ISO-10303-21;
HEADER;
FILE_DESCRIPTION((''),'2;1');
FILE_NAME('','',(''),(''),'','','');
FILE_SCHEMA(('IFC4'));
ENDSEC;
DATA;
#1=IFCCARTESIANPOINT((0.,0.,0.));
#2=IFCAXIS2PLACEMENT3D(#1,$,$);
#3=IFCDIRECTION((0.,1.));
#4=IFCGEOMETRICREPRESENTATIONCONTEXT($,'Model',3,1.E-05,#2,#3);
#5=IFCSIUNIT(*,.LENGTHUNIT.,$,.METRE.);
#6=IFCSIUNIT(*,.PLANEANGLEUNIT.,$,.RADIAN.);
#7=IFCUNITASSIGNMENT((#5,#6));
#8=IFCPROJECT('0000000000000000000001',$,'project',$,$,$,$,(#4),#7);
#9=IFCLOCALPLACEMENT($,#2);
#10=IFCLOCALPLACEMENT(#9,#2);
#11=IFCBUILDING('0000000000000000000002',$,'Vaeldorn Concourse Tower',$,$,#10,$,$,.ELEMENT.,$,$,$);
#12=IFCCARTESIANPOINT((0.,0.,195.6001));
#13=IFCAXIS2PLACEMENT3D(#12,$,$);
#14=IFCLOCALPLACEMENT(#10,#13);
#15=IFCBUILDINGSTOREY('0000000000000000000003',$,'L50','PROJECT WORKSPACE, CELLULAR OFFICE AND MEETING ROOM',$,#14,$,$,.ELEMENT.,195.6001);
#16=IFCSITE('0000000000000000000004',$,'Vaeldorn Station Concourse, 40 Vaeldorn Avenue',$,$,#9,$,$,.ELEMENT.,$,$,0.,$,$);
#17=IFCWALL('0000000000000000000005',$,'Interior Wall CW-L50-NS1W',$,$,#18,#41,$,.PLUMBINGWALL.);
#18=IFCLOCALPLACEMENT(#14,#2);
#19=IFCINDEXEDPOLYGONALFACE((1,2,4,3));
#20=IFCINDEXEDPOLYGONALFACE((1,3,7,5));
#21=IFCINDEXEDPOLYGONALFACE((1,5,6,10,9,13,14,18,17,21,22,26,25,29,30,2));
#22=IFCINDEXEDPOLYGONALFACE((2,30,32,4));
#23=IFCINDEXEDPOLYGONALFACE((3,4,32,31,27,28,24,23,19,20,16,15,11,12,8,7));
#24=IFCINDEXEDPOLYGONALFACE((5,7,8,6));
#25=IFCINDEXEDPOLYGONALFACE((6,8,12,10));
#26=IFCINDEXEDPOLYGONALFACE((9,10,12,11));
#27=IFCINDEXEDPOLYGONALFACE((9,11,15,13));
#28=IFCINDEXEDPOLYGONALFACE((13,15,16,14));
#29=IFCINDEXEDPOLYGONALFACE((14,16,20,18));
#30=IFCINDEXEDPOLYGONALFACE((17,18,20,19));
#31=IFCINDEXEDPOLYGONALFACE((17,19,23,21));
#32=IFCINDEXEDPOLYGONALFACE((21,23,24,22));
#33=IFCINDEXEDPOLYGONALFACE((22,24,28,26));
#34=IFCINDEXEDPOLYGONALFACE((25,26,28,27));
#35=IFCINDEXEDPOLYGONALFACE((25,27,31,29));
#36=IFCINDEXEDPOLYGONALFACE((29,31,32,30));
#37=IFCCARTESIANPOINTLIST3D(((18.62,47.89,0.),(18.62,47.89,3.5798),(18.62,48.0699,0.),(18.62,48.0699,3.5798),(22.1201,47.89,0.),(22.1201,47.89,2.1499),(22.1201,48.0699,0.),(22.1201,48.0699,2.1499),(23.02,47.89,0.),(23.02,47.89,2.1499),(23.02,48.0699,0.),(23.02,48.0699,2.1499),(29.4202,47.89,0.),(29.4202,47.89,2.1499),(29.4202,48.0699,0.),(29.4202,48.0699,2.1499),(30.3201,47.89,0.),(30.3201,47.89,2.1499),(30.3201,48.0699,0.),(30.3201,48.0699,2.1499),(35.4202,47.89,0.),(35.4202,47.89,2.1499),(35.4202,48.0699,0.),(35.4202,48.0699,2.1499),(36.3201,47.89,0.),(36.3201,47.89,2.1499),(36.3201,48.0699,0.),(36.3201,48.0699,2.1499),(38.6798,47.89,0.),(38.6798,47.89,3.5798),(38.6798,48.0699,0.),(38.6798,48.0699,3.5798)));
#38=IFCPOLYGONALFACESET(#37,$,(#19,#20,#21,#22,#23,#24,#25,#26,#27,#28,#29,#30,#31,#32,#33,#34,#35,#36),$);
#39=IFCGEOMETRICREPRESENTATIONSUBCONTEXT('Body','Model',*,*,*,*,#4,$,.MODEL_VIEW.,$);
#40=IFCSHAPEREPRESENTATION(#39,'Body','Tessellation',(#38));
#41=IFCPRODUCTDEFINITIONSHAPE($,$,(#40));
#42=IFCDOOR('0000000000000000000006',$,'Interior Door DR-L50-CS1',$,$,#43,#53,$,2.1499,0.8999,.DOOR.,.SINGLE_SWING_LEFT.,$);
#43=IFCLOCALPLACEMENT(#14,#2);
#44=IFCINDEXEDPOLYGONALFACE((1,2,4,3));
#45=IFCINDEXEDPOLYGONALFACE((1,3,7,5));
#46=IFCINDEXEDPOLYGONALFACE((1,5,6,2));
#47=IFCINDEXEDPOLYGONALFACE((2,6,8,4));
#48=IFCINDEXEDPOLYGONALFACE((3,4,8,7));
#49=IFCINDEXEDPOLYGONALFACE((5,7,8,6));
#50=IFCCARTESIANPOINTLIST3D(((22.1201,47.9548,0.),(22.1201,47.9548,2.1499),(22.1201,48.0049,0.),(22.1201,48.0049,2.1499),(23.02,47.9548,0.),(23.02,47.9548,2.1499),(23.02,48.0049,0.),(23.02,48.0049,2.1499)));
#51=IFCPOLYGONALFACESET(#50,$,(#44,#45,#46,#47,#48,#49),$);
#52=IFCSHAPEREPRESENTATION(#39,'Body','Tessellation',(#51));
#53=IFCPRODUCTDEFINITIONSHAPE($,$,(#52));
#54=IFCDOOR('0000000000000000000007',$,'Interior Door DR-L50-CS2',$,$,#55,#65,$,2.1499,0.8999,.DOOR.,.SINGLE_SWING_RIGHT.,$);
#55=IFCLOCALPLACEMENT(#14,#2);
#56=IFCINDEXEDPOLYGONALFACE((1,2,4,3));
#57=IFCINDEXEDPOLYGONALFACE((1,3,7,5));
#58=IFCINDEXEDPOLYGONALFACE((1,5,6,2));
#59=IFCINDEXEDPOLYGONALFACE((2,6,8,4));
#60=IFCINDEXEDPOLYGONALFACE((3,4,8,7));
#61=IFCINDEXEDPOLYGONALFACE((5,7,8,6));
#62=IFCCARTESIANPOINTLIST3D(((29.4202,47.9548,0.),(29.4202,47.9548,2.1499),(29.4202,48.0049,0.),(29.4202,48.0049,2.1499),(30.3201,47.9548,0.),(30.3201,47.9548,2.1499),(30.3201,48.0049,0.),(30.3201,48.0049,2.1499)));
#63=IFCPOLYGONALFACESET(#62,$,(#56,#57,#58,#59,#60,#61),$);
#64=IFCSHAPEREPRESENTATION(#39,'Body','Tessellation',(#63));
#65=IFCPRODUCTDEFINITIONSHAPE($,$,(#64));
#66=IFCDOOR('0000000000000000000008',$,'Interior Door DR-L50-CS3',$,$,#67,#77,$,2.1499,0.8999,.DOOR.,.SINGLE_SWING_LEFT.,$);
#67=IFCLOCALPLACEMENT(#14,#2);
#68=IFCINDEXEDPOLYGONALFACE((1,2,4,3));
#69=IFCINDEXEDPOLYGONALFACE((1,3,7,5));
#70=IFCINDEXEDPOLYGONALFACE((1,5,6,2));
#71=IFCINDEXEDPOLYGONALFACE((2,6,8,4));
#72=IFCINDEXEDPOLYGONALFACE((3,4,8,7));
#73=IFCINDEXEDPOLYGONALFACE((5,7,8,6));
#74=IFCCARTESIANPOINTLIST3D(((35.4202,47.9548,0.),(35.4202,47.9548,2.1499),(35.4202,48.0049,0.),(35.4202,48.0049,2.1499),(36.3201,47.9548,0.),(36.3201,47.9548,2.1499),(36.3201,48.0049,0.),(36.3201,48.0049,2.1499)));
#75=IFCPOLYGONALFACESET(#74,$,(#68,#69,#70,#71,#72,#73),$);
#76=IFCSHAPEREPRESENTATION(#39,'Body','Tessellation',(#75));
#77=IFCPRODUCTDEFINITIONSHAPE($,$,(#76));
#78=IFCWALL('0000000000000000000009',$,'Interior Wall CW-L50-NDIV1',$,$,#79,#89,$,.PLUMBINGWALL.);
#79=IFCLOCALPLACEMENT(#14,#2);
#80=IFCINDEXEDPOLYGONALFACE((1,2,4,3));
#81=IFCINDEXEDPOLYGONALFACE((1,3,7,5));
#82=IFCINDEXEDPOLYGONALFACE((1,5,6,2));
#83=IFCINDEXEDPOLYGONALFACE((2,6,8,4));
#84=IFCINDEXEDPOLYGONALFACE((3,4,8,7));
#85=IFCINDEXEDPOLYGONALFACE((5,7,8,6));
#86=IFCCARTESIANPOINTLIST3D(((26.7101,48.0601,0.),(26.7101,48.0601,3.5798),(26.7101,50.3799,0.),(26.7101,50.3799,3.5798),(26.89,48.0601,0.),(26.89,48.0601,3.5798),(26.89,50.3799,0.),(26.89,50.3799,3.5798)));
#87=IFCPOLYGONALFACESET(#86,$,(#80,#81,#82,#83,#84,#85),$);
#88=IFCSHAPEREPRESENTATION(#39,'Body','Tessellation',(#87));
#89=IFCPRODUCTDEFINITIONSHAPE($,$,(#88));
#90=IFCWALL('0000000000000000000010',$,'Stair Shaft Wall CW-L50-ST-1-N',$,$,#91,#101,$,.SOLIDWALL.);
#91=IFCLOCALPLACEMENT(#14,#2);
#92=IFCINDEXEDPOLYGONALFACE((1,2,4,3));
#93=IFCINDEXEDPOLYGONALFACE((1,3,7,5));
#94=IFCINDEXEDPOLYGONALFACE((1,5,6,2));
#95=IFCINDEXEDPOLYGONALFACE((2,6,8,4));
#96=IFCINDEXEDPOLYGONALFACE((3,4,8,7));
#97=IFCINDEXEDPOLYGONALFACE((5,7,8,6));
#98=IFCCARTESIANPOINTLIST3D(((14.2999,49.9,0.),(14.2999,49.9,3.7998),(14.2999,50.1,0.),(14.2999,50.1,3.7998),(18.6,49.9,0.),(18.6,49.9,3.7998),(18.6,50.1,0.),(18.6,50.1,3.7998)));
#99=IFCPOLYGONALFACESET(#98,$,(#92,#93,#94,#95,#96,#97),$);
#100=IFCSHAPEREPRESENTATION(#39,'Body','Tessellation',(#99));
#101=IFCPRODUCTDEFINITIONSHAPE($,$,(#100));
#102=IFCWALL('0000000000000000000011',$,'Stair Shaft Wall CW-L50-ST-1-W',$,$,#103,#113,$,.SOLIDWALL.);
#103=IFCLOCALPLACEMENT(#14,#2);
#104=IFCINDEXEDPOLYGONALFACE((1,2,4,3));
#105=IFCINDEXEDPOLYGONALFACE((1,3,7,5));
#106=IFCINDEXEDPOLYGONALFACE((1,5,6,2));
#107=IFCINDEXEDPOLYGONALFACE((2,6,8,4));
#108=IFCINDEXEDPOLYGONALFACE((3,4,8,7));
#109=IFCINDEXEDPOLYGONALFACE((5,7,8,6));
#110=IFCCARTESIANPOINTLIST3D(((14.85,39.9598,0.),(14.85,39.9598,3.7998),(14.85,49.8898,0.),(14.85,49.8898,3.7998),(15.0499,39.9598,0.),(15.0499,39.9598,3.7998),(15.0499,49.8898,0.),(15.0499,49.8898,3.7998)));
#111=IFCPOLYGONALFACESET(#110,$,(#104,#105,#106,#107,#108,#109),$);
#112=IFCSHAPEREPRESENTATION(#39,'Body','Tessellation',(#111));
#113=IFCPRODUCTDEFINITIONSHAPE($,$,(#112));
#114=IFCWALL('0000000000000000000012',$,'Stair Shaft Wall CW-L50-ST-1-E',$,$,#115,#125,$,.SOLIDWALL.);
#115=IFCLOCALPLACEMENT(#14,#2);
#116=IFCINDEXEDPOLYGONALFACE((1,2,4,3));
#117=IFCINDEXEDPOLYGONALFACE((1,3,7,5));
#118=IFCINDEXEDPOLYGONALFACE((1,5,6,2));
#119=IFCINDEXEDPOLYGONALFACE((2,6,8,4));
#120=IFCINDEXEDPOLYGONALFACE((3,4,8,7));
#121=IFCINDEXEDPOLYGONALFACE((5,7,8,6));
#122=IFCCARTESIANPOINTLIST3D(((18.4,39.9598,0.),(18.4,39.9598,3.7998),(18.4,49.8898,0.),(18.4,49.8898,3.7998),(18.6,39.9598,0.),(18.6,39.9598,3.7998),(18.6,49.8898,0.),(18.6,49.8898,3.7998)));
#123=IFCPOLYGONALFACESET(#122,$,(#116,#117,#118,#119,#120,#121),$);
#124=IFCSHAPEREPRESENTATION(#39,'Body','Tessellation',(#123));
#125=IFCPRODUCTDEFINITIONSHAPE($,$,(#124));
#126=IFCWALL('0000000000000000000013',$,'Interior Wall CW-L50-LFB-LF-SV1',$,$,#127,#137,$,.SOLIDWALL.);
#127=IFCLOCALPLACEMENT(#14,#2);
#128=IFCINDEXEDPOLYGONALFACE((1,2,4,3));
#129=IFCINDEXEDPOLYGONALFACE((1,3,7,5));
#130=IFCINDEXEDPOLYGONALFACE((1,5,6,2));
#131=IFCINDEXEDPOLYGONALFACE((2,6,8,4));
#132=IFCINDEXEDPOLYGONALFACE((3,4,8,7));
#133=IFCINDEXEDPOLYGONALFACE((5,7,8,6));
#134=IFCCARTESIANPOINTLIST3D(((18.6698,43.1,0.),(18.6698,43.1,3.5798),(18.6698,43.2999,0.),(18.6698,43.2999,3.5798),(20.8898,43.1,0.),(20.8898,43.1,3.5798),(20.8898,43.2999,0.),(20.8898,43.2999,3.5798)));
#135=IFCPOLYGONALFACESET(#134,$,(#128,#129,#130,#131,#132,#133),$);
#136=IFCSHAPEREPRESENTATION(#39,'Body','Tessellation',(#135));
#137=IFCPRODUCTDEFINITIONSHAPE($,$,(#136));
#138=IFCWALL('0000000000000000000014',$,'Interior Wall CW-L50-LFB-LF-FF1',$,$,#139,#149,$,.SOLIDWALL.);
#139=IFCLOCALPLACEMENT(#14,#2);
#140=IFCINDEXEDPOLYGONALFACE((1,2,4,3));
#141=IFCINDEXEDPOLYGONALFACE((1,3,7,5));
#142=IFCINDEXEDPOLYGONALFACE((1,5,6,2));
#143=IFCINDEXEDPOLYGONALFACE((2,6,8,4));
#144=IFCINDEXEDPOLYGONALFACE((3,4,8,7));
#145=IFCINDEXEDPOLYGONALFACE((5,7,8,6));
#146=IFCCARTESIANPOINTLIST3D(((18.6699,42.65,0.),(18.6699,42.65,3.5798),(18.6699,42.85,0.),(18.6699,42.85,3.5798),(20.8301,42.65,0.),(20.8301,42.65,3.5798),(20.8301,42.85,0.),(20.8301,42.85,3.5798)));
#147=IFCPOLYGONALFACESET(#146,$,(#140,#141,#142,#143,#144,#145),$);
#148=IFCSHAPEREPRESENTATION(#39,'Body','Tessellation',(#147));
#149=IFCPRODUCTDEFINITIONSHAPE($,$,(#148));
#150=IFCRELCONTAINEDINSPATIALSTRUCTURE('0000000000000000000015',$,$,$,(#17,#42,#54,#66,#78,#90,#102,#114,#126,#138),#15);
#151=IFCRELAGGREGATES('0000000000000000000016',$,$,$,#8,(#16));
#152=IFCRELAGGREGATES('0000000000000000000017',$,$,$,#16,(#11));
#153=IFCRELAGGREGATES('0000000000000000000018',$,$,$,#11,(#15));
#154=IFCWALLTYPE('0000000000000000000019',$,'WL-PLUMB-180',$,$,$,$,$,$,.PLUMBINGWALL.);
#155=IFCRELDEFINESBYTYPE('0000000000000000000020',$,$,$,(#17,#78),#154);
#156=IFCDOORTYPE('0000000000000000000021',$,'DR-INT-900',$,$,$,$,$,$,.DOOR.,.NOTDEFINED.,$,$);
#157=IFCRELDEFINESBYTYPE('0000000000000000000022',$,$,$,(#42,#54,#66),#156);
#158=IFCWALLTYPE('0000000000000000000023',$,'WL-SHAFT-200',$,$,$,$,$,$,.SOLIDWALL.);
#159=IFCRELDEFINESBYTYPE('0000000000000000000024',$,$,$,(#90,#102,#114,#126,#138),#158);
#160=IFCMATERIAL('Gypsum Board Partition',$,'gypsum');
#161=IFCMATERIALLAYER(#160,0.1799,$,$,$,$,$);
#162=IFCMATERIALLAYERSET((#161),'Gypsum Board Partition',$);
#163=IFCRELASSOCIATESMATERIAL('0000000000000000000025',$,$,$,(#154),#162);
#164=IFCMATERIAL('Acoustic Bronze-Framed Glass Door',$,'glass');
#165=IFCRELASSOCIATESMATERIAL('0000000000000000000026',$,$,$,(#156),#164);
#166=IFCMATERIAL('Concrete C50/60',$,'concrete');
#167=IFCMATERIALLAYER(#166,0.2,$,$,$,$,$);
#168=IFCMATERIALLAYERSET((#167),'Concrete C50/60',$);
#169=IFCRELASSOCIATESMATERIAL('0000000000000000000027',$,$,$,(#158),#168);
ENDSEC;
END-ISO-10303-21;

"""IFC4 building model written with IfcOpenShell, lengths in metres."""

from ifc_helpers import new_model, si_unit, direction, frame, frame_2d, origin, place, context, subcontext, project, spatial, rectangle, extrude, source, transform, mapped, material, layer, layer_set, type_object, element, fill, save


model = new_model("IFC4")

# Units and contexts
model_context = context("Model", 3, precision=1e-05, world=origin(), true_north=direction((0.0, 1.0)))
body_context = subcontext(model_context, "Body", "Model", "MODEL_VIEW")
ifc_project = project(units=[si_unit("LENGTHUNIT", "METRE"), si_unit("PLANEANGLEUNIT", "RADIAN")], contexts=[model_context])

# Site, building, storey
site_placement = place(None, origin())
site = spatial("IfcSite", under=ifc_project, at=site_placement, Name="Vaeldorn Station Concourse, 40 Vaeldorn Avenue", CompositionType="ELEMENT", RefElevation=0.0)
building_placement = place(site_placement, origin())
building = spatial("IfcBuilding", under=site, at=building_placement, Name="Vaeldorn Concourse Tower", CompositionType="ELEMENT")
storey_placement = place(building_placement, frame((0.0, 0.0, 195.6001)))
storey = spatial("IfcBuildingStorey", under=building, at=storey_placement, Name="L50", Description="PROJECT WORKSPACE, CELLULAR OFFICE AND MEETING ROOM", CompositionType="ELEMENT", Elevation=195.6001)

# Shared definitions
ifc_material_1 = material(Name="Concrete C50/60", Category="concrete")
ifc_material_2 = material(Name="Gypsum Board Partition", Category="gypsum")

# Wall, openings, doors
ifc_layer_1 = layer(ifc_material_2, 0.1799)
ifc_layer_set_1 = layer_set([ifc_layer_1], Name="Gypsum Board Partition")
wall_type_1 = type_object("IfcWallType", Name="WL-PLUMB-180", PredefinedType="PLUMBINGWALL", material=ifc_layer_set_1)
wall_1_placement = place(storey_placement, frame((18.6201, 47.98, 0.0), z_axis=(0.0, 0.0, 1.0), x_axis=(1.0, 0.0, 0.0)))
wall_1 = element("IfcWall", 1, at=wall_1_placement, inside=storey, type_object=wall_type_1, Name="Interior Wall CW-L50-NS1W", PredefinedType="PLUMBINGWALL", context=body_context, shape_type="SweptSolid", body=[
    extrude(rectangle(XDim=20.0598, YDim=0.1799, at=frame_2d((10.0298, 0.0))), origin(), (0.0, 0.0, 1.0), 3.5798),
])
opening_1_placement = place(wall_1_placement, frame((3.5, 0.0, 0.0)))
opening_1 = element("IfcOpeningElement", 2, at=opening_1_placement, cuts=wall_1, PredefinedType="OPENING", context=body_context, shape_type="SweptSolid", body=[
    extrude(rectangle(XDim=0.8999, YDim=2.1499, at=frame_2d((0.45, 1.075))), frame((0.0, 0.1001, 0.0), z_axis=(0.0, -1.0, 0.0), x_axis=(1.0, 0.0, 0.0)), (0.0, 0.0, 1.0), 0.2),
])
opening_2_placement = place(wall_1_placement, frame((10.8, 0.0, 0.0)))
opening_2 = element("IfcOpeningElement", 3, at=opening_2_placement, cuts=wall_1, PredefinedType="OPENING", context=body_context, shape_type="SweptSolid", body=[
    extrude(rectangle(XDim=0.8999, YDim=2.1499, at=frame_2d((0.45, 1.075))), frame((0.0, 0.1001, 0.0), z_axis=(0.0, -1.0, 0.0), x_axis=(1.0, 0.0, 0.0)), (0.0, 0.0, 1.0), 0.2),
])
opening_3_placement = place(wall_1_placement, frame((16.8, 0.0, 0.0)))
opening_3 = element("IfcOpeningElement", 4, at=opening_3_placement, cuts=wall_1, PredefinedType="OPENING", context=body_context, shape_type="SweptSolid", body=[
    extrude(rectangle(XDim=0.8999, YDim=2.1499, at=frame_2d((0.45, 1.075))), frame((0.0, 0.1001, 0.0), z_axis=(0.0, -1.0, 0.0), x_axis=(1.0, 0.0, 0.0)), (0.0, 0.0, 1.0), 0.2),
])
ifc_material_3 = material(Name="Acoustic Bronze-Framed Glass Door", Category="glass")
door_type_1 = type_object("IfcDoorType", Name="DR-INT-900", OperationType="NOTDEFINED", PredefinedType="DOOR", material=ifc_material_3)
shared_shape_1 = source(origin(), body_context, "Body", "SweptSolid", [
    extrude(rectangle(XDim=0.8999, YDim=2.1499, at=frame_2d((0.45, 1.075))), frame((0.0, 0.0249, 0.0), z_axis=(0.0, -1.0, 0.0), x_axis=(1.0, 0.0, 0.0)), (0.0, 0.0, 1.0), 0.05),
])
door_1_placement = place(opening_1_placement, origin())
door_1 = element("IfcDoor", 5, at=door_1_placement, inside=storey, type_object=door_type_1, Name="Interior Door DR-L50-CS1", OperationType="SINGLE_SWING_LEFT", OverallHeight=2.1499, OverallWidth=0.8999, PredefinedType="DOOR", context=body_context, shape_type="MappedRepresentation", body=[
    mapped(shared_shape_1, transform((0.0, 0.0, 0.0), scale=1.0)),
])
fill(opening_1, door_1)
door_2_placement = place(opening_2_placement, origin())
door_2 = element("IfcDoor", 6, at=door_2_placement, inside=storey, type_object=door_type_1, Name="Interior Door DR-L50-CS2", OperationType="SINGLE_SWING_RIGHT", OverallHeight=2.1499, OverallWidth=0.8999, PredefinedType="DOOR", context=body_context, shape_type="MappedRepresentation", body=[
    mapped(shared_shape_1, transform((0.0, 0.0, 0.0), scale=1.0)),
])
fill(opening_2, door_2)
door_3_placement = place(opening_3_placement, origin())
door_3 = element("IfcDoor", 7, at=door_3_placement, inside=storey, type_object=door_type_1, Name="Interior Door DR-L50-CS3", OperationType="SINGLE_SWING_LEFT", OverallHeight=2.1499, OverallWidth=0.8999, PredefinedType="DOOR", context=body_context, shape_type="MappedRepresentation", body=[
    mapped(shared_shape_1, transform((0.0, 0.0, 0.0), scale=1.0)),
])
fill(opening_3, door_3)

# Walls
wall_2_placement = place(storey_placement, frame((26.8, 48.0601, 0.0), z_axis=(0.0, 0.0, 1.0), x_axis=(0.0, 1.0, 0.0)))
element("IfcWall", 8, at=wall_2_placement, inside=storey, type_object=wall_type_1, Name="Interior Wall CW-L50-NDIV1", PredefinedType="PLUMBINGWALL", context=body_context, shape_type="SweptSolid", body=[
    extrude(rectangle(XDim=2.3198, YDim=0.1799, at=frame_2d((1.1599, 0.0))), origin(), (0.0, 0.0, 1.0), 3.5798),
])
ifc_layer_2 = layer(ifc_material_1, 0.2)
ifc_layer_set_2 = layer_set([ifc_layer_2], Name="Concrete C50/60")
wall_type_2 = type_object("IfcWallType", Name="WL-SHAFT-200", PredefinedType="SOLIDWALL", material=ifc_layer_set_2)
wall_3_placement = place(storey_placement, frame((14.3, 50.0, 0.0), z_axis=(0.0, 0.0, 1.0), x_axis=(1.0, 0.0, 0.0)))
element("IfcWall", 9, at=wall_3_placement, inside=storey, type_object=wall_type_2, Name="Stair Shaft Wall CW-L50-ST-1-N", PredefinedType="SOLIDWALL", context=body_context, shape_type="SweptSolid", body=[
    extrude(rectangle(XDim=4.3, YDim=0.2, at=frame_2d((2.1499, 0.0))), origin(), (0.0, 0.0, 1.0), 3.7998),
])
for number, where, z_axis, x_axis, name in (
    (10, (14.95, 39.96, 0.0), (0.0, 0.0, 1.0), (0.0, 1.0, 0.0), "Stair Shaft Wall CW-L50-ST-1-W"),
    (11, (18.5, 39.96, 0.0), (0.0, 0.0, 1.0), (0.0, 1.0, 0.0), "Stair Shaft Wall CW-L50-ST-1-E"),
):
    element("IfcWall", number, at=place(storey_placement, frame(where, z_axis=z_axis, x_axis=x_axis)), inside=storey, type_object=wall_type_2, Name=name, PredefinedType="SOLIDWALL", context=body_context, shape_type="SweptSolid", body=[
        extrude(rectangle(XDim=9.9299, YDim=0.2, at=frame_2d((4.9648, 0.0))), origin(), (0.0, 0.0, 1.0), 3.7998),
    ])

# Walls
wall_4_placement = place(storey_placement, frame((18.6699, 43.2, 0.0), z_axis=(0.0, 0.0, 1.0), x_axis=(1.0, 0.0, 0.0)))
element("IfcWall", 12, at=wall_4_placement, inside=storey, type_object=wall_type_2, Name="Interior Wall CW-L50-LFB-LF-SV1", PredefinedType="SOLIDWALL", context=body_context, shape_type="SweptSolid", body=[
    extrude(rectangle(XDim=2.22, YDim=0.2, at=frame_2d((1.1099, 0.0))), origin(), (0.0, 0.0, 1.0), 3.5798),
])
wall_5_placement = place(storey_placement, frame((18.6699, 42.75, 0.0), z_axis=(0.0, 0.0, 1.0), x_axis=(1.0, 0.0, 0.0)))
element("IfcWall", 13, at=wall_5_placement, inside=storey, type_object=wall_type_2, Name="Interior Wall CW-L50-LFB-LF-FF1", PredefinedType="SOLIDWALL", context=body_context, shape_type="SweptSolid", body=[
    extrude(rectangle(XDim=2.1602, YDim=0.2, at=frame_2d((1.0801, 0.0))), origin(), (0.0, 0.0, 1.0), 3.5798),
])

save(model, "model.ifc")
